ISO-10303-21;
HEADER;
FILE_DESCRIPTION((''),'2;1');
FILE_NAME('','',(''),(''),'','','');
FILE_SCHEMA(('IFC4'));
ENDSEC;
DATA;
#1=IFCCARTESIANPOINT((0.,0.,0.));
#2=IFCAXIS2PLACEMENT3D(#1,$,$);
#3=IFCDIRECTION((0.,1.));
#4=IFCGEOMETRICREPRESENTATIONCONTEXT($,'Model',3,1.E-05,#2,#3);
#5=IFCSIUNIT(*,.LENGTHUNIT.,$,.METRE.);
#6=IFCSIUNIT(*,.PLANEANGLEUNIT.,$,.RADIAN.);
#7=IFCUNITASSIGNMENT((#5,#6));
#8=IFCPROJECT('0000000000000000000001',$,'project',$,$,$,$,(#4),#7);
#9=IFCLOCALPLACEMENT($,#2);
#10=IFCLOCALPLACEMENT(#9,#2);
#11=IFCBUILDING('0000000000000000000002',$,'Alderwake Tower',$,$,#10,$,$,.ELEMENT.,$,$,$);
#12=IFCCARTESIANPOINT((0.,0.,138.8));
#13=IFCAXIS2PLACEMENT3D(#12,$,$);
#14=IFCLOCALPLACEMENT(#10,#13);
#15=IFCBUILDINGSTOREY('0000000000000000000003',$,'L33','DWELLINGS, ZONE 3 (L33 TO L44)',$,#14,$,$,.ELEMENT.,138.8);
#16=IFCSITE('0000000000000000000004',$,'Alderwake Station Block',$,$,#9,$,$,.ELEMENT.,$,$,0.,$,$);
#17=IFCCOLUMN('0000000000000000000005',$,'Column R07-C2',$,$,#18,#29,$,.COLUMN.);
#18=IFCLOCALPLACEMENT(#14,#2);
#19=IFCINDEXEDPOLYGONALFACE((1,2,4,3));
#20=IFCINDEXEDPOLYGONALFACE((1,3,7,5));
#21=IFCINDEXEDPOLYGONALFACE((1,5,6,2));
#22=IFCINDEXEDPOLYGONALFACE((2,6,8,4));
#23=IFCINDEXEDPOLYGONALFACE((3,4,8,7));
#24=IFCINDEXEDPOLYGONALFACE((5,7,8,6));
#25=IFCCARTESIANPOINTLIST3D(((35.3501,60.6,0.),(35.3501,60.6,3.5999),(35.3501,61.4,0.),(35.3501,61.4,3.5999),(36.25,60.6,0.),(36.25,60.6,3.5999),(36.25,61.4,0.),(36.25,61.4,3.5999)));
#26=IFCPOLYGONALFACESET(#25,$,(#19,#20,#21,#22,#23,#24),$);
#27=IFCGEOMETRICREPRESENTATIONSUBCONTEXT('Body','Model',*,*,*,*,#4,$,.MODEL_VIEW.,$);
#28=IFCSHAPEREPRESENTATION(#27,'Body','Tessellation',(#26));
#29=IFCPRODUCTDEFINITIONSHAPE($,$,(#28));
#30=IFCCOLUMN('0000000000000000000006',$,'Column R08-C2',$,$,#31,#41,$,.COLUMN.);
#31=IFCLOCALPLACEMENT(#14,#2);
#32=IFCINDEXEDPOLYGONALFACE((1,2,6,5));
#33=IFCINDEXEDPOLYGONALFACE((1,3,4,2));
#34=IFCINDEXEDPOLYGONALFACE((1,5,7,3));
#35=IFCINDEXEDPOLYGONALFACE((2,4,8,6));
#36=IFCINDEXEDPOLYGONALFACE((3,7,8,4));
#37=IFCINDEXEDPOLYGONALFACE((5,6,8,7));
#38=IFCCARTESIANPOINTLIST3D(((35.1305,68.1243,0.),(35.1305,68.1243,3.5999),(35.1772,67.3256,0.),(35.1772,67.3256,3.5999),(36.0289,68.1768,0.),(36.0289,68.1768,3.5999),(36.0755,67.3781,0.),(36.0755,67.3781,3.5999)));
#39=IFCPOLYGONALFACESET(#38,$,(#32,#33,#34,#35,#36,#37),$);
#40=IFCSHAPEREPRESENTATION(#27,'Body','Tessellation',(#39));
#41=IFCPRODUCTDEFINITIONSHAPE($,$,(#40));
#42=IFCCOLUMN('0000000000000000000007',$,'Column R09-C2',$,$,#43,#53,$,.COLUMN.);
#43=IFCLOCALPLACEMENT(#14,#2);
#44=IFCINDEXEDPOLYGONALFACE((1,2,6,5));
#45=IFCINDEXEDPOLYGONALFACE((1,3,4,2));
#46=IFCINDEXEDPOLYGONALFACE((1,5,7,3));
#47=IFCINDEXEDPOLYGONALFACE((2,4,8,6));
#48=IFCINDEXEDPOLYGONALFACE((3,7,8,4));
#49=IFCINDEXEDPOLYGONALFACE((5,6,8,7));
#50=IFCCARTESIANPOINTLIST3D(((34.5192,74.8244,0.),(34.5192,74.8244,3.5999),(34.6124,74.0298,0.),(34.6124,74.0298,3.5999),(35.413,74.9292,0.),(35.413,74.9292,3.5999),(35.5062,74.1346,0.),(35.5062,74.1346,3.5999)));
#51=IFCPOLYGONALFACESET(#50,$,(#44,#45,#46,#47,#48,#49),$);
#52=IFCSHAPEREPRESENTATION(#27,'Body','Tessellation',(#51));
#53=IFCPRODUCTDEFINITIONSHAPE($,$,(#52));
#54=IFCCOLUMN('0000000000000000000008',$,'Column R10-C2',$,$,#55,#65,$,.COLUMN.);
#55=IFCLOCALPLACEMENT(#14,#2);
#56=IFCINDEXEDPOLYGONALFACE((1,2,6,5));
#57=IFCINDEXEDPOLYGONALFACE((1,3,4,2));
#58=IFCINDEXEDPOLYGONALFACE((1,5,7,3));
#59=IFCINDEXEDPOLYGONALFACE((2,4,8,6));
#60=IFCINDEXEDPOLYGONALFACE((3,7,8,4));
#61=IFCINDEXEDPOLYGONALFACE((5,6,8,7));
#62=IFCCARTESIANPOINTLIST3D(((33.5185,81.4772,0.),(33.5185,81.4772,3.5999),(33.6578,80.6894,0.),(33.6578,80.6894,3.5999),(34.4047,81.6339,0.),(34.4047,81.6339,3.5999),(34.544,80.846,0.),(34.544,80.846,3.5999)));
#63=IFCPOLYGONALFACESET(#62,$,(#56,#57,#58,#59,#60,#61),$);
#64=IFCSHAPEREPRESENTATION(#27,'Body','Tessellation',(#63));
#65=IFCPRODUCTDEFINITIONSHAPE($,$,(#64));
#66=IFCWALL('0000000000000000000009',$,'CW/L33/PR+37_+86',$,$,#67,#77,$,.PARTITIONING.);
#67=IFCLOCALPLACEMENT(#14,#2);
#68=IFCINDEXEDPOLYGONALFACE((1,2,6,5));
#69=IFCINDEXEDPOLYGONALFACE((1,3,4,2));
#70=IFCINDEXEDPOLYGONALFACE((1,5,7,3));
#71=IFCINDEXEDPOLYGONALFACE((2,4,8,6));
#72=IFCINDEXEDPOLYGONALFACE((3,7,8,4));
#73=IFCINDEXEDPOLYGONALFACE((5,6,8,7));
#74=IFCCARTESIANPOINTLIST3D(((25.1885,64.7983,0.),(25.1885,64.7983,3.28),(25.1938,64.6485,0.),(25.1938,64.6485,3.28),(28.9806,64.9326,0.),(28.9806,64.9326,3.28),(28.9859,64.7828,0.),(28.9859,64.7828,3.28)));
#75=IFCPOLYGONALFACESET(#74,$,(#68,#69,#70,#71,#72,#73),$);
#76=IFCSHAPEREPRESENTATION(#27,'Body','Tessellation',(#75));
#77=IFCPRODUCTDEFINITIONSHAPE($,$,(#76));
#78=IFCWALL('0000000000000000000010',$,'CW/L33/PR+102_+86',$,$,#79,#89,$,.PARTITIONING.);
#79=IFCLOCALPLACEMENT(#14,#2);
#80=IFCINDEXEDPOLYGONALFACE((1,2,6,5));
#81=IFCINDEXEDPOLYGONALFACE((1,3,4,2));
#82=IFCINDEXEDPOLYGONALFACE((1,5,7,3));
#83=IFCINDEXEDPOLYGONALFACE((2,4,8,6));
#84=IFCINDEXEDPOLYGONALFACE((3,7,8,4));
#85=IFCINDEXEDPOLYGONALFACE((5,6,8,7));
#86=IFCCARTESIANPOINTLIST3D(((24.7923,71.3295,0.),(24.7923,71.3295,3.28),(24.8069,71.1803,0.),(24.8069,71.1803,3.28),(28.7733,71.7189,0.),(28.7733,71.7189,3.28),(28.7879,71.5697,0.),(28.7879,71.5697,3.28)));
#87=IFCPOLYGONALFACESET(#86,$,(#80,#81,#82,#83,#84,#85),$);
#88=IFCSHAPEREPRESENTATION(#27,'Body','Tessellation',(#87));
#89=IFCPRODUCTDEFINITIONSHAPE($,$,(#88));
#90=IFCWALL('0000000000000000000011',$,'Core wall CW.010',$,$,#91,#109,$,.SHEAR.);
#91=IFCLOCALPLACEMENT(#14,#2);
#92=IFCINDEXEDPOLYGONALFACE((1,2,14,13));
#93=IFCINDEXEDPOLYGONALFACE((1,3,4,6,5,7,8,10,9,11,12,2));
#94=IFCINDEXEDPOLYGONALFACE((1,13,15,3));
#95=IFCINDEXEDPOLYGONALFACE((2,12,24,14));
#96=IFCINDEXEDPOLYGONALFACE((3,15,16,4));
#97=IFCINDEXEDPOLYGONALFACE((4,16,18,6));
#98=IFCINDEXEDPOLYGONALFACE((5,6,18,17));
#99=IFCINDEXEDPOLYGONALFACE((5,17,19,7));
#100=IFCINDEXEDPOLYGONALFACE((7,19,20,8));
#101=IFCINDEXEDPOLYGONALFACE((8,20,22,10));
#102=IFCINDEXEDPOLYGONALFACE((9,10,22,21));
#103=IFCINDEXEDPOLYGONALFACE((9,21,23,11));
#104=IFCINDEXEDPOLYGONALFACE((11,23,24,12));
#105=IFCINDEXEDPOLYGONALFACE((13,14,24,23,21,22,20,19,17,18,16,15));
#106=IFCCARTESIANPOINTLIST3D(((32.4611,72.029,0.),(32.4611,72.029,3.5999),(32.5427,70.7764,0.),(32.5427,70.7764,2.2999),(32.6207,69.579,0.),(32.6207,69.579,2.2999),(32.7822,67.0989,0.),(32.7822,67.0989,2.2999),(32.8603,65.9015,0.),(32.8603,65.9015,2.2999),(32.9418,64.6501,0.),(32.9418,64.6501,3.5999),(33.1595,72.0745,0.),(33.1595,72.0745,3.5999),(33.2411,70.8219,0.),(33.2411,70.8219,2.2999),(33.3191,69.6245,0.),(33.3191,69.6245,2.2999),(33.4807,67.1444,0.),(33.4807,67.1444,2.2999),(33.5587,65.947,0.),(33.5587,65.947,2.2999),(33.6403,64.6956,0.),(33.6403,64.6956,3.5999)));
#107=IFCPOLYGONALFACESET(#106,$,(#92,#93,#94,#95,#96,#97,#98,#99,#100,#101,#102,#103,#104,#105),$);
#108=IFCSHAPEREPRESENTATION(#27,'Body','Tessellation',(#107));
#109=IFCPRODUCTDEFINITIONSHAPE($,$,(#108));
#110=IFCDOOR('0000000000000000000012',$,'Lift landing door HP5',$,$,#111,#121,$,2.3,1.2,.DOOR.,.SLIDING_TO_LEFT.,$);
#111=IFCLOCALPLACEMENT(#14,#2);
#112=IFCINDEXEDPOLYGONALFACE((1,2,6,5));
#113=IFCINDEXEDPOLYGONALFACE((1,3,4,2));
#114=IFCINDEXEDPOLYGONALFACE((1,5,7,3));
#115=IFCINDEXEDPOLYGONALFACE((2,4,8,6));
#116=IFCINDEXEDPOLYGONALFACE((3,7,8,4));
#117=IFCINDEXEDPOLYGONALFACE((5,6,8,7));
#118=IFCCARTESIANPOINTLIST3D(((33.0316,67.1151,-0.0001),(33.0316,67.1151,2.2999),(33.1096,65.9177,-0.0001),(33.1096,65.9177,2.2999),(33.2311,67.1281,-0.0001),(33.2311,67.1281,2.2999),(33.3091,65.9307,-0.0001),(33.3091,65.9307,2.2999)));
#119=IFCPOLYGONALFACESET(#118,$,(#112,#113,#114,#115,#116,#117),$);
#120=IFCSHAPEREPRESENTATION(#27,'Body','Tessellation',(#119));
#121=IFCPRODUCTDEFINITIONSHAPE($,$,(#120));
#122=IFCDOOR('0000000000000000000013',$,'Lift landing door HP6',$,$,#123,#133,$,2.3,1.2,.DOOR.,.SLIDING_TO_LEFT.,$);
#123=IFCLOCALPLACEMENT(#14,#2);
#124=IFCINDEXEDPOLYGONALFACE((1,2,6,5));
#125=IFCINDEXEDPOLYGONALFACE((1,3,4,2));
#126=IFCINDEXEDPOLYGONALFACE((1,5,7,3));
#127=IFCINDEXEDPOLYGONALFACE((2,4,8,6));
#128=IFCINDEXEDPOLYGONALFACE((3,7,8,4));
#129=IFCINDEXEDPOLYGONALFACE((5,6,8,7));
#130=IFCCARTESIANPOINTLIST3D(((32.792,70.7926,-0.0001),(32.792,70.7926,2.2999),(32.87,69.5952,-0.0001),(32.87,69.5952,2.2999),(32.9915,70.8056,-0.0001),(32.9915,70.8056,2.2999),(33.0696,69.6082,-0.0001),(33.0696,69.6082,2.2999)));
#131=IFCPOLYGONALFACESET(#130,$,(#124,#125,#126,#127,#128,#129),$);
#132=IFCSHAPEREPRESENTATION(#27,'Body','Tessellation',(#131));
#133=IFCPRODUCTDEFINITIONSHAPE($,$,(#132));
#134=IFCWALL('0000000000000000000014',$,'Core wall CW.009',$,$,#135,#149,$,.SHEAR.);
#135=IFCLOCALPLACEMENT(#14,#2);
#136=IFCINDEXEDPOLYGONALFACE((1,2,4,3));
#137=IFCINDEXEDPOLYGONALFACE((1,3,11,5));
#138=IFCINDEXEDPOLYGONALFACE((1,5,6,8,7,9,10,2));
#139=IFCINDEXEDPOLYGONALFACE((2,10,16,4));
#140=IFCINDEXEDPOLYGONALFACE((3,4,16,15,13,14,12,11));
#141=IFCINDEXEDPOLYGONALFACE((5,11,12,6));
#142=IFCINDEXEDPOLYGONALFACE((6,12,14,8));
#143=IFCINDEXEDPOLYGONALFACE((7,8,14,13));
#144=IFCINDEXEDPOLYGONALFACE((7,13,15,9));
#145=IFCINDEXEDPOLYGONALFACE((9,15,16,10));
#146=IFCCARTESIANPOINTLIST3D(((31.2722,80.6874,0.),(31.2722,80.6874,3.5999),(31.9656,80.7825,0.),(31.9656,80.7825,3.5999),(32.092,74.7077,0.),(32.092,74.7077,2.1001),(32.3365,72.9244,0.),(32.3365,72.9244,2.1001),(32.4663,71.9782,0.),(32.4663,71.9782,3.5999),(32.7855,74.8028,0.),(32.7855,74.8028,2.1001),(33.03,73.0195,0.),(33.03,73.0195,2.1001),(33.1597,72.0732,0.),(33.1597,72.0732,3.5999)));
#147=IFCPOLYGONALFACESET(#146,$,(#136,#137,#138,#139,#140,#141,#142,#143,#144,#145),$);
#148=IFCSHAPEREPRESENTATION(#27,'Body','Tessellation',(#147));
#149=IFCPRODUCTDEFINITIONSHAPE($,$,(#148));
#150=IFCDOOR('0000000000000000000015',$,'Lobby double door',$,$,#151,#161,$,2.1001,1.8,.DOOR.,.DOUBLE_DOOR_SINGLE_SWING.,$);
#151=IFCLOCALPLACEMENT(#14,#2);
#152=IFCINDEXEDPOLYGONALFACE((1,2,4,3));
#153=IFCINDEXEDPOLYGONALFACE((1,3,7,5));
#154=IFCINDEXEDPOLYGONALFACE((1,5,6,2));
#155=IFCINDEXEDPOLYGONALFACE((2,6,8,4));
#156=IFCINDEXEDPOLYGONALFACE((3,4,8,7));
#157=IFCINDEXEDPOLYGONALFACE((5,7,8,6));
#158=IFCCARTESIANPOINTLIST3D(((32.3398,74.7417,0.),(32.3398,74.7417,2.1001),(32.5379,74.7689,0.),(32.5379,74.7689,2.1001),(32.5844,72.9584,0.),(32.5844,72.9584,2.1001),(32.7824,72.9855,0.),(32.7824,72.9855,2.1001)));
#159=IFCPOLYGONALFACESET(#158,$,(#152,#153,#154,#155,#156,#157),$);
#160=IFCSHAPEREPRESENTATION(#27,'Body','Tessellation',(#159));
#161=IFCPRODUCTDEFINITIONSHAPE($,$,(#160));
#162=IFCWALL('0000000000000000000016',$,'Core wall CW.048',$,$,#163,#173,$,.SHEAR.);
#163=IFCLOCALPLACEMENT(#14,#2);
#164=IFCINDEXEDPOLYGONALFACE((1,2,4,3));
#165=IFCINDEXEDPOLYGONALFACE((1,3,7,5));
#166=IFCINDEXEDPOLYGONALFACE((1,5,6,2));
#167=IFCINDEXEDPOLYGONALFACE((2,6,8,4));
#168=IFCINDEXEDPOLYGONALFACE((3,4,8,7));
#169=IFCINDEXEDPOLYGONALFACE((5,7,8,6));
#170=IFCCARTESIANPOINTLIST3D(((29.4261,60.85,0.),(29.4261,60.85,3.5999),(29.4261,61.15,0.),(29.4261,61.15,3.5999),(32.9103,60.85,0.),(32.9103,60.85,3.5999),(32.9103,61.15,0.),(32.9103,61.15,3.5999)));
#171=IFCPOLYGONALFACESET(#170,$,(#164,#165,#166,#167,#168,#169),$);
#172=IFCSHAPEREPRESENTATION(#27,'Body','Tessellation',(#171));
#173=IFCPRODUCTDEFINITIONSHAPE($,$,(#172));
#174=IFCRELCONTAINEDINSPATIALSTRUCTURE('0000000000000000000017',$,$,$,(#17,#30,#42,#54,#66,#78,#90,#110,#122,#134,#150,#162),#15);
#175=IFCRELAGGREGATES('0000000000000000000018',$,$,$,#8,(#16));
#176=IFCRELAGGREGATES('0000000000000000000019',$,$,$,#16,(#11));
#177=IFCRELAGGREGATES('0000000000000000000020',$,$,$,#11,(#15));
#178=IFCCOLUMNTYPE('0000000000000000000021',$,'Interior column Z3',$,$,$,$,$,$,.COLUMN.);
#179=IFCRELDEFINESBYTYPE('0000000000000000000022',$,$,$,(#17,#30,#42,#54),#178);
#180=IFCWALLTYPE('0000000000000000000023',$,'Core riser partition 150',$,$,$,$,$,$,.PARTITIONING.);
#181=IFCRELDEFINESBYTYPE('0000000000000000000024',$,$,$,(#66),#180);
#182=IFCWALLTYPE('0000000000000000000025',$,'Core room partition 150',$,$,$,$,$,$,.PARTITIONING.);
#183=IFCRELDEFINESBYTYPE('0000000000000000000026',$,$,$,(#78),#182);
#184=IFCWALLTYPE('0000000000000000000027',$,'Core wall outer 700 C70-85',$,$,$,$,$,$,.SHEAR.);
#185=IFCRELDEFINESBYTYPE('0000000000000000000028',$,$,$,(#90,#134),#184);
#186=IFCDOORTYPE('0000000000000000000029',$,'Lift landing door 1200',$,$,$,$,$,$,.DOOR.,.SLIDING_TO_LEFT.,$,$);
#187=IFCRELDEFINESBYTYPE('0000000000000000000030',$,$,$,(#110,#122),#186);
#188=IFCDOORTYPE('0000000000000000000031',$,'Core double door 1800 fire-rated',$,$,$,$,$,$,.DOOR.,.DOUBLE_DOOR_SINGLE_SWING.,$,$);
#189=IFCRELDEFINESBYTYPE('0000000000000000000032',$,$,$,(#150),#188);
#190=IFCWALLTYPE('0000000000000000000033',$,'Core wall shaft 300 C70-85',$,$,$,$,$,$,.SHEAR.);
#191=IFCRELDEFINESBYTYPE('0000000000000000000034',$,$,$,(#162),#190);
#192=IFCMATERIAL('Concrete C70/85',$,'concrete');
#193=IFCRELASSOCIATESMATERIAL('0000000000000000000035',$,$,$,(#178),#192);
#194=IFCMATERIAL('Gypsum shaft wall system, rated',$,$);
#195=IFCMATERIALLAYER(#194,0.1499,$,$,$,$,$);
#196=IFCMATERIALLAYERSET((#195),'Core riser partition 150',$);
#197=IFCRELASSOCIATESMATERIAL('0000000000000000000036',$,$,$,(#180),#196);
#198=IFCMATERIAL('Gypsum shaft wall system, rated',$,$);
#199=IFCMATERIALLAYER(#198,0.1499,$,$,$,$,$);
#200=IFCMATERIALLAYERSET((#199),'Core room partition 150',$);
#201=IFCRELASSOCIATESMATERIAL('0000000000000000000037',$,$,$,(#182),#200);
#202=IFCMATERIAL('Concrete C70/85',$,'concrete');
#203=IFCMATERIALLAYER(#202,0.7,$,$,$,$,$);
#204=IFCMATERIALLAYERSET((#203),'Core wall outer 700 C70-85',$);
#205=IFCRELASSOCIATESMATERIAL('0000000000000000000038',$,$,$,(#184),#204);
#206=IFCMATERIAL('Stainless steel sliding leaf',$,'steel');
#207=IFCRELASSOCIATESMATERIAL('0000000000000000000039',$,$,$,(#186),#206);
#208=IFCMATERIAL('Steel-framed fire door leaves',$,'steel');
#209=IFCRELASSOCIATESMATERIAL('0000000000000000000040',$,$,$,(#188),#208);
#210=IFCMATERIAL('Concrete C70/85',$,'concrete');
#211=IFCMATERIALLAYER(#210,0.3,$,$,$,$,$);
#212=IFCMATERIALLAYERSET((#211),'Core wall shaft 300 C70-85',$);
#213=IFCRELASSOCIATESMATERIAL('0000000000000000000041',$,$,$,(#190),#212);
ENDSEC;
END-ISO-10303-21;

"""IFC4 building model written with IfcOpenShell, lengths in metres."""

from ifc_helpers import new_model, si_unit, direction, frame, frame_2d, origin, origin_2d, place, context, subcontext, project, spatial, rectangle, extrude, material, layer, layer_set, material_profile, profile_set, type_object, element, fill, save


model = new_model("IFC4")

# Units and contexts
model_context = context("Model", 3, precision=1e-05, world=origin(), true_north=direction((0.0, 1.0)))
body_context = subcontext(model_context, "Body", "Model", "MODEL_VIEW")
ifc_project = project(units=[si_unit("LENGTHUNIT", "METRE"), si_unit("PLANEANGLEUNIT", "RADIAN")], contexts=[model_context])

# Site, building, storey
site_placement = place(None, origin())
site = spatial("IfcSite", under=ifc_project, at=site_placement, Name="Alderwake Station Block", CompositionType="ELEMENT", RefElevation=0.0)
building_placement = place(site_placement, origin())
building = spatial("IfcBuilding", under=site, at=building_placement, Name="Alderwake Tower", CompositionType="ELEMENT")
storey_placement = place(building_placement, frame((0.0, 0.0, 138.8)))
storey = spatial("IfcBuildingStorey", under=building, at=storey_placement, Name="L33", Description="DWELLINGS, ZONE 3 (L33 TO L44)", CompositionType="ELEMENT", Elevation=138.8)

# Columns
ifc_material_1 = material(Name="Concrete C70/85", Category="concrete")
ifc_material_profile = material_profile(ifc_material_1, rectangle(XDim=0.8, YDim=0.8999, at=origin_2d()), Name="RC 900X800")
ifc_profile_set = profile_set([ifc_material_profile], Name="Concrete C70/85")
column_type = type_object("IfcColumnType", Name="Interior column Z3", PredefinedType="COLUMN", material=ifc_profile_set)
for number, where, z_axis, x_axis, name in (
    (1, (35.8, 61.0, 0.0), (0.0, 0.0, 1.0), (0.0, 1.0, 0.0), "Column R07-C2"),
    (2, (35.603, 67.7512, 0.0), (0.0, 0.0, 1.0), (-0.058301, 0.998299, 0.0), "Column R08-C2"),
    (3, (35.0127, 74.4795, 0.0), (0.0, 0.0, 1.0), (-0.116402, 0.993202, 0.0), "Column R09-C2"),
    (4, (34.0312, 81.1616, 0.0), (0.0, 0.0, 1.0), (-0.174109, 0.984726, 0.0), "Column R10-C2"),
):
    element("IfcColumn", number, at=place(storey_placement, frame(where, z_axis=z_axis, x_axis=x_axis)), inside=storey, type_object=column_type, Name=name, PredefinedType="COLUMN", context=body_context, shape_type="SweptSolid", body=[
        extrude(rectangle(XDim=0.8, YDim=0.8999, at=origin_2d()), origin(), (0.0, 0.0, 1.0), 3.5999),
    ])

# Walls
ifc_material_2 = material(Name="Gypsum shaft wall system, rated")
ifc_layer_1 = layer(ifc_material_2, 0.1499)
ifc_layer_set_1 = layer_set([ifc_layer_1], Name="Core riser partition 150")
wall_type_1 = type_object("IfcWallType", Name="Core riser partition 150", PredefinedType="PARTITIONING", material=ifc_layer_set_1)
wall_1_placement = place(storey_placement, frame((25.1912, 64.7234, 0.0), z_axis=(0.0, 0.0, 1.0), x_axis=(0.999374, 0.035389, 0.0)))
element("IfcWall", 5, at=wall_1_placement, inside=storey, type_object=wall_type_1, Name="CW/L33/PR+37_+86", PredefinedType="PARTITIONING", context=body_context, shape_type="SweptSolid", body=[
    extrude(rectangle(XDim=3.7944, YDim=0.1499, at=frame_2d((1.8972, 0.0))), origin(), (0.0, 0.0, 1.0), 3.28),
])
ifc_material_3 = material(Name="Gypsum shaft wall system, rated")
ifc_layer_2 = layer(ifc_material_3, 0.1499)
ifc_layer_set_2 = layer_set([ifc_layer_2], Name="Core room partition 150")
wall_type_2 = type_object("IfcWallType", Name="Core room partition 150", PredefinedType="PARTITIONING", material=ifc_layer_set_2)
wall_2_placement = place(storey_placement, frame((24.7996, 71.2549, 0.0), z_axis=(0.0, 0.0, 1.0), x_axis=(0.99525, 0.097352, 0.0)))
element("IfcWall", 6, at=wall_2_placement, inside=storey, type_object=wall_type_2, Name="CW/L33/PR+102_+86", PredefinedType="PARTITIONING", context=body_context, shape_type="SweptSolid", body=[
    extrude(rectangle(XDim=4.0, YDim=0.1499, at=frame_2d((2.0, 0.0))), origin(), (0.0, 0.0, 1.0), 3.28),
])

# Wall, openings, doors
ifc_material_4 = material(Name="Concrete C70/85", Category="concrete")
ifc_layer_3 = layer(ifc_material_4, 0.7)
ifc_layer_set_3 = layer_set([ifc_layer_3], Name="Core wall outer 700 C70-85")
wall_type_3 = type_object("IfcWallType", Name="Core wall outer 700 C70-85", PredefinedType="SHEAR", material=ifc_layer_set_3)
wall_3_placement = place(storey_placement, frame((33.291, 64.6729, 0.0), z_axis=(0.0, 0.0, 1.0), x_axis=(-0.065009, 0.997885, 0.0)))
wall_3 = element("IfcWall", 7, at=wall_3_placement, inside=storey, type_object=wall_type_3, Name="Core wall CW.010", PredefinedType="SHEAR", context=body_context, shape_type="SweptSolid", body=[
    extrude(rectangle(XDim=7.3945, YDim=0.7, at=frame_2d((3.6973, 0.0))), origin(), (0.0, 0.0, 1.0), 3.5999),
])
opening_1_placement = place(wall_3_placement, frame((1.2539, 0.0, 0.0)))
opening_1 = element("IfcOpeningElement", 8, at=opening_1_placement, cuts=wall_3, PredefinedType="OPENING", context=body_context, shape_type="SweptSolid", body=[
    extrude(rectangle(XDim=1.2, YDim=2.3, at=frame_2d((0.6001, 1.1499))), frame((0.0, 0.3599, 0.0), z_axis=(0.0, -1.0, 0.0), x_axis=(1.0, 0.0, 0.0)), (0.0, 0.0, 1.0), 0.72),
])
opening_2_placement = place(wall_3_placement, frame((4.9392, 0.0, 0.0)))
opening_2 = element("IfcOpeningElement", 9, at=opening_2_placement, cuts=wall_3, PredefinedType="OPENING", context=body_context, shape_type="SweptSolid", body=[
    extrude(rectangle(XDim=1.2, YDim=2.3, at=frame_2d((0.6001, 1.1499))), frame((0.0, 0.3599, 0.0), z_axis=(0.0, -1.0, 0.0), x_axis=(1.0, 0.0, 0.0)), (0.0, 0.0, 1.0), 0.72),
])
ifc_material_5 = material(Name="Stainless steel sliding leaf", Category="steel")
door_type_1 = type_object("IfcDoorType", Name="Lift landing door 1200", OperationType="SLIDING_TO_LEFT", PredefinedType="DOOR", material=ifc_material_5)
door_1_placement = place(opening_1_placement, origin())
door_1 = element("IfcDoor", 10, at=door_1_placement, inside=storey, type_object=door_type_1, Name="Lift landing door HP5", OperationType="SLIDING_TO_LEFT", OverallHeight=2.3, OverallWidth=1.2, PredefinedType="DOOR", context=body_context, shape_type="SweptSolid", body=[
    extrude(rectangle(XDim=1.2, YDim=2.3, at=frame_2d((0.6001, 1.1499))), frame((0.0, 0.1001, 0.0), z_axis=(0.0, -1.0, 0.0), x_axis=(1.0, 0.0, 0.0)), (0.0, 0.0, 1.0), 0.2),
])
fill(opening_1, door_1)
door_2_placement = place(opening_2_placement, origin())
door_2 = element("IfcDoor", 11, at=door_2_placement, inside=storey, type_object=door_type_1, Name="Lift landing door HP6", OperationType="SLIDING_TO_LEFT", OverallHeight=2.3, OverallWidth=1.2, PredefinedType="DOOR", context=body_context, shape_type="SweptSolid", body=[
    extrude(rectangle(XDim=1.2, YDim=2.3, at=frame_2d((0.6001, 1.1499))), frame((0.0, 0.1001, 0.0), z_axis=(0.0, -1.0, 0.0), x_axis=(1.0, 0.0, 0.0)), (0.0, 0.0, 1.0), 0.2),
])
fill(opening_2, door_2)

# Wall, opening, door
wall_4_placement = place(storey_placement, frame((31.6189, 80.7351, 0.0), z_axis=(0.0, 0.0, 1.0), x_axis=(0.135836, -0.990731, 0.0)))
wall_4 = element("IfcWall", 12, at=wall_4_placement, inside=storey, type_object=wall_type_3, Name="Core wall CW.009", PredefinedType="SHEAR", context=body_context, shape_type="SweptSolid", body=[
    extrude(rectangle(XDim=8.7908, YDim=0.7, at=frame_2d((4.3955, 0.0))), origin(), (0.0, 0.0, 1.0), 3.5999),
])
opening_3_placement = place(wall_4_placement, frame((6.0359, 0.0, 0.0)))
opening_3 = element("IfcOpeningElement", 13, at=opening_3_placement, cuts=wall_4, PredefinedType="OPENING", context=body_context, shape_type="SweptSolid", body=[
    extrude(rectangle(XDim=1.8, YDim=2.1001, at=frame_2d((0.8999, 1.05))), frame((0.0, 0.3599, 0.0), z_axis=(0.0, -1.0, 0.0), x_axis=(1.0, 0.0, 0.0)), (0.0, 0.0, 1.0), 0.72),
])
ifc_material_6 = material(Name="Steel-framed fire door leaves", Category="steel")
door_type_2 = type_object("IfcDoorType", Name="Core double door 1800 fire-rated", OperationType="DOUBLE_DOOR_SINGLE_SWING", PredefinedType="DOOR", material=ifc_material_6)
door_3_placement = place(opening_3_placement, origin())
door_3 = element("IfcDoor", 14, at=door_3_placement, inside=storey, type_object=door_type_2, Name="Lobby double door", OperationType="DOUBLE_DOOR_SINGLE_SWING", OverallHeight=2.1001, OverallWidth=1.8, PredefinedType="DOOR", context=body_context, shape_type="SweptSolid", body=[
    extrude(rectangle(XDim=1.8, YDim=2.1001, at=frame_2d((0.8999, 1.05))), frame((0.0, 0.1001, 0.0), z_axis=(0.0, -1.0, 0.0), x_axis=(1.0, 0.0, 0.0)), (0.0, 0.0, 1.0), 0.2),
])
fill(opening_3, door_3)

# Wall
ifc_material_7 = material(Name="Concrete C70/85", Category="concrete")
ifc_layer_4 = layer(ifc_material_7, 0.3)
ifc_layer_set_4 = layer_set([ifc_layer_4], Name="Core wall shaft 300 C70-85")
wall_type_4 = type_object("IfcWallType", Name="Core wall shaft 300 C70-85", PredefinedType="SHEAR", material=ifc_layer_set_4)
wall_5_placement = place(storey_placement, frame((29.426, 61.0, 0.0), z_axis=(0.0, 0.0, 1.0), x_axis=(1.0, 0.0, 0.0)))
element("IfcWall", 15, at=wall_5_placement, inside=storey, type_object=wall_type_4, Name="Core wall CW.048", PredefinedType="SHEAR", context=body_context, shape_type="SweptSolid", body=[
    extrude(rectangle(XDim=3.4841, YDim=0.3, at=frame_2d((1.7422, 0.0))), origin(), (0.0, 0.0, 1.0), 3.5999),
])

save(model, "model.ifc")
